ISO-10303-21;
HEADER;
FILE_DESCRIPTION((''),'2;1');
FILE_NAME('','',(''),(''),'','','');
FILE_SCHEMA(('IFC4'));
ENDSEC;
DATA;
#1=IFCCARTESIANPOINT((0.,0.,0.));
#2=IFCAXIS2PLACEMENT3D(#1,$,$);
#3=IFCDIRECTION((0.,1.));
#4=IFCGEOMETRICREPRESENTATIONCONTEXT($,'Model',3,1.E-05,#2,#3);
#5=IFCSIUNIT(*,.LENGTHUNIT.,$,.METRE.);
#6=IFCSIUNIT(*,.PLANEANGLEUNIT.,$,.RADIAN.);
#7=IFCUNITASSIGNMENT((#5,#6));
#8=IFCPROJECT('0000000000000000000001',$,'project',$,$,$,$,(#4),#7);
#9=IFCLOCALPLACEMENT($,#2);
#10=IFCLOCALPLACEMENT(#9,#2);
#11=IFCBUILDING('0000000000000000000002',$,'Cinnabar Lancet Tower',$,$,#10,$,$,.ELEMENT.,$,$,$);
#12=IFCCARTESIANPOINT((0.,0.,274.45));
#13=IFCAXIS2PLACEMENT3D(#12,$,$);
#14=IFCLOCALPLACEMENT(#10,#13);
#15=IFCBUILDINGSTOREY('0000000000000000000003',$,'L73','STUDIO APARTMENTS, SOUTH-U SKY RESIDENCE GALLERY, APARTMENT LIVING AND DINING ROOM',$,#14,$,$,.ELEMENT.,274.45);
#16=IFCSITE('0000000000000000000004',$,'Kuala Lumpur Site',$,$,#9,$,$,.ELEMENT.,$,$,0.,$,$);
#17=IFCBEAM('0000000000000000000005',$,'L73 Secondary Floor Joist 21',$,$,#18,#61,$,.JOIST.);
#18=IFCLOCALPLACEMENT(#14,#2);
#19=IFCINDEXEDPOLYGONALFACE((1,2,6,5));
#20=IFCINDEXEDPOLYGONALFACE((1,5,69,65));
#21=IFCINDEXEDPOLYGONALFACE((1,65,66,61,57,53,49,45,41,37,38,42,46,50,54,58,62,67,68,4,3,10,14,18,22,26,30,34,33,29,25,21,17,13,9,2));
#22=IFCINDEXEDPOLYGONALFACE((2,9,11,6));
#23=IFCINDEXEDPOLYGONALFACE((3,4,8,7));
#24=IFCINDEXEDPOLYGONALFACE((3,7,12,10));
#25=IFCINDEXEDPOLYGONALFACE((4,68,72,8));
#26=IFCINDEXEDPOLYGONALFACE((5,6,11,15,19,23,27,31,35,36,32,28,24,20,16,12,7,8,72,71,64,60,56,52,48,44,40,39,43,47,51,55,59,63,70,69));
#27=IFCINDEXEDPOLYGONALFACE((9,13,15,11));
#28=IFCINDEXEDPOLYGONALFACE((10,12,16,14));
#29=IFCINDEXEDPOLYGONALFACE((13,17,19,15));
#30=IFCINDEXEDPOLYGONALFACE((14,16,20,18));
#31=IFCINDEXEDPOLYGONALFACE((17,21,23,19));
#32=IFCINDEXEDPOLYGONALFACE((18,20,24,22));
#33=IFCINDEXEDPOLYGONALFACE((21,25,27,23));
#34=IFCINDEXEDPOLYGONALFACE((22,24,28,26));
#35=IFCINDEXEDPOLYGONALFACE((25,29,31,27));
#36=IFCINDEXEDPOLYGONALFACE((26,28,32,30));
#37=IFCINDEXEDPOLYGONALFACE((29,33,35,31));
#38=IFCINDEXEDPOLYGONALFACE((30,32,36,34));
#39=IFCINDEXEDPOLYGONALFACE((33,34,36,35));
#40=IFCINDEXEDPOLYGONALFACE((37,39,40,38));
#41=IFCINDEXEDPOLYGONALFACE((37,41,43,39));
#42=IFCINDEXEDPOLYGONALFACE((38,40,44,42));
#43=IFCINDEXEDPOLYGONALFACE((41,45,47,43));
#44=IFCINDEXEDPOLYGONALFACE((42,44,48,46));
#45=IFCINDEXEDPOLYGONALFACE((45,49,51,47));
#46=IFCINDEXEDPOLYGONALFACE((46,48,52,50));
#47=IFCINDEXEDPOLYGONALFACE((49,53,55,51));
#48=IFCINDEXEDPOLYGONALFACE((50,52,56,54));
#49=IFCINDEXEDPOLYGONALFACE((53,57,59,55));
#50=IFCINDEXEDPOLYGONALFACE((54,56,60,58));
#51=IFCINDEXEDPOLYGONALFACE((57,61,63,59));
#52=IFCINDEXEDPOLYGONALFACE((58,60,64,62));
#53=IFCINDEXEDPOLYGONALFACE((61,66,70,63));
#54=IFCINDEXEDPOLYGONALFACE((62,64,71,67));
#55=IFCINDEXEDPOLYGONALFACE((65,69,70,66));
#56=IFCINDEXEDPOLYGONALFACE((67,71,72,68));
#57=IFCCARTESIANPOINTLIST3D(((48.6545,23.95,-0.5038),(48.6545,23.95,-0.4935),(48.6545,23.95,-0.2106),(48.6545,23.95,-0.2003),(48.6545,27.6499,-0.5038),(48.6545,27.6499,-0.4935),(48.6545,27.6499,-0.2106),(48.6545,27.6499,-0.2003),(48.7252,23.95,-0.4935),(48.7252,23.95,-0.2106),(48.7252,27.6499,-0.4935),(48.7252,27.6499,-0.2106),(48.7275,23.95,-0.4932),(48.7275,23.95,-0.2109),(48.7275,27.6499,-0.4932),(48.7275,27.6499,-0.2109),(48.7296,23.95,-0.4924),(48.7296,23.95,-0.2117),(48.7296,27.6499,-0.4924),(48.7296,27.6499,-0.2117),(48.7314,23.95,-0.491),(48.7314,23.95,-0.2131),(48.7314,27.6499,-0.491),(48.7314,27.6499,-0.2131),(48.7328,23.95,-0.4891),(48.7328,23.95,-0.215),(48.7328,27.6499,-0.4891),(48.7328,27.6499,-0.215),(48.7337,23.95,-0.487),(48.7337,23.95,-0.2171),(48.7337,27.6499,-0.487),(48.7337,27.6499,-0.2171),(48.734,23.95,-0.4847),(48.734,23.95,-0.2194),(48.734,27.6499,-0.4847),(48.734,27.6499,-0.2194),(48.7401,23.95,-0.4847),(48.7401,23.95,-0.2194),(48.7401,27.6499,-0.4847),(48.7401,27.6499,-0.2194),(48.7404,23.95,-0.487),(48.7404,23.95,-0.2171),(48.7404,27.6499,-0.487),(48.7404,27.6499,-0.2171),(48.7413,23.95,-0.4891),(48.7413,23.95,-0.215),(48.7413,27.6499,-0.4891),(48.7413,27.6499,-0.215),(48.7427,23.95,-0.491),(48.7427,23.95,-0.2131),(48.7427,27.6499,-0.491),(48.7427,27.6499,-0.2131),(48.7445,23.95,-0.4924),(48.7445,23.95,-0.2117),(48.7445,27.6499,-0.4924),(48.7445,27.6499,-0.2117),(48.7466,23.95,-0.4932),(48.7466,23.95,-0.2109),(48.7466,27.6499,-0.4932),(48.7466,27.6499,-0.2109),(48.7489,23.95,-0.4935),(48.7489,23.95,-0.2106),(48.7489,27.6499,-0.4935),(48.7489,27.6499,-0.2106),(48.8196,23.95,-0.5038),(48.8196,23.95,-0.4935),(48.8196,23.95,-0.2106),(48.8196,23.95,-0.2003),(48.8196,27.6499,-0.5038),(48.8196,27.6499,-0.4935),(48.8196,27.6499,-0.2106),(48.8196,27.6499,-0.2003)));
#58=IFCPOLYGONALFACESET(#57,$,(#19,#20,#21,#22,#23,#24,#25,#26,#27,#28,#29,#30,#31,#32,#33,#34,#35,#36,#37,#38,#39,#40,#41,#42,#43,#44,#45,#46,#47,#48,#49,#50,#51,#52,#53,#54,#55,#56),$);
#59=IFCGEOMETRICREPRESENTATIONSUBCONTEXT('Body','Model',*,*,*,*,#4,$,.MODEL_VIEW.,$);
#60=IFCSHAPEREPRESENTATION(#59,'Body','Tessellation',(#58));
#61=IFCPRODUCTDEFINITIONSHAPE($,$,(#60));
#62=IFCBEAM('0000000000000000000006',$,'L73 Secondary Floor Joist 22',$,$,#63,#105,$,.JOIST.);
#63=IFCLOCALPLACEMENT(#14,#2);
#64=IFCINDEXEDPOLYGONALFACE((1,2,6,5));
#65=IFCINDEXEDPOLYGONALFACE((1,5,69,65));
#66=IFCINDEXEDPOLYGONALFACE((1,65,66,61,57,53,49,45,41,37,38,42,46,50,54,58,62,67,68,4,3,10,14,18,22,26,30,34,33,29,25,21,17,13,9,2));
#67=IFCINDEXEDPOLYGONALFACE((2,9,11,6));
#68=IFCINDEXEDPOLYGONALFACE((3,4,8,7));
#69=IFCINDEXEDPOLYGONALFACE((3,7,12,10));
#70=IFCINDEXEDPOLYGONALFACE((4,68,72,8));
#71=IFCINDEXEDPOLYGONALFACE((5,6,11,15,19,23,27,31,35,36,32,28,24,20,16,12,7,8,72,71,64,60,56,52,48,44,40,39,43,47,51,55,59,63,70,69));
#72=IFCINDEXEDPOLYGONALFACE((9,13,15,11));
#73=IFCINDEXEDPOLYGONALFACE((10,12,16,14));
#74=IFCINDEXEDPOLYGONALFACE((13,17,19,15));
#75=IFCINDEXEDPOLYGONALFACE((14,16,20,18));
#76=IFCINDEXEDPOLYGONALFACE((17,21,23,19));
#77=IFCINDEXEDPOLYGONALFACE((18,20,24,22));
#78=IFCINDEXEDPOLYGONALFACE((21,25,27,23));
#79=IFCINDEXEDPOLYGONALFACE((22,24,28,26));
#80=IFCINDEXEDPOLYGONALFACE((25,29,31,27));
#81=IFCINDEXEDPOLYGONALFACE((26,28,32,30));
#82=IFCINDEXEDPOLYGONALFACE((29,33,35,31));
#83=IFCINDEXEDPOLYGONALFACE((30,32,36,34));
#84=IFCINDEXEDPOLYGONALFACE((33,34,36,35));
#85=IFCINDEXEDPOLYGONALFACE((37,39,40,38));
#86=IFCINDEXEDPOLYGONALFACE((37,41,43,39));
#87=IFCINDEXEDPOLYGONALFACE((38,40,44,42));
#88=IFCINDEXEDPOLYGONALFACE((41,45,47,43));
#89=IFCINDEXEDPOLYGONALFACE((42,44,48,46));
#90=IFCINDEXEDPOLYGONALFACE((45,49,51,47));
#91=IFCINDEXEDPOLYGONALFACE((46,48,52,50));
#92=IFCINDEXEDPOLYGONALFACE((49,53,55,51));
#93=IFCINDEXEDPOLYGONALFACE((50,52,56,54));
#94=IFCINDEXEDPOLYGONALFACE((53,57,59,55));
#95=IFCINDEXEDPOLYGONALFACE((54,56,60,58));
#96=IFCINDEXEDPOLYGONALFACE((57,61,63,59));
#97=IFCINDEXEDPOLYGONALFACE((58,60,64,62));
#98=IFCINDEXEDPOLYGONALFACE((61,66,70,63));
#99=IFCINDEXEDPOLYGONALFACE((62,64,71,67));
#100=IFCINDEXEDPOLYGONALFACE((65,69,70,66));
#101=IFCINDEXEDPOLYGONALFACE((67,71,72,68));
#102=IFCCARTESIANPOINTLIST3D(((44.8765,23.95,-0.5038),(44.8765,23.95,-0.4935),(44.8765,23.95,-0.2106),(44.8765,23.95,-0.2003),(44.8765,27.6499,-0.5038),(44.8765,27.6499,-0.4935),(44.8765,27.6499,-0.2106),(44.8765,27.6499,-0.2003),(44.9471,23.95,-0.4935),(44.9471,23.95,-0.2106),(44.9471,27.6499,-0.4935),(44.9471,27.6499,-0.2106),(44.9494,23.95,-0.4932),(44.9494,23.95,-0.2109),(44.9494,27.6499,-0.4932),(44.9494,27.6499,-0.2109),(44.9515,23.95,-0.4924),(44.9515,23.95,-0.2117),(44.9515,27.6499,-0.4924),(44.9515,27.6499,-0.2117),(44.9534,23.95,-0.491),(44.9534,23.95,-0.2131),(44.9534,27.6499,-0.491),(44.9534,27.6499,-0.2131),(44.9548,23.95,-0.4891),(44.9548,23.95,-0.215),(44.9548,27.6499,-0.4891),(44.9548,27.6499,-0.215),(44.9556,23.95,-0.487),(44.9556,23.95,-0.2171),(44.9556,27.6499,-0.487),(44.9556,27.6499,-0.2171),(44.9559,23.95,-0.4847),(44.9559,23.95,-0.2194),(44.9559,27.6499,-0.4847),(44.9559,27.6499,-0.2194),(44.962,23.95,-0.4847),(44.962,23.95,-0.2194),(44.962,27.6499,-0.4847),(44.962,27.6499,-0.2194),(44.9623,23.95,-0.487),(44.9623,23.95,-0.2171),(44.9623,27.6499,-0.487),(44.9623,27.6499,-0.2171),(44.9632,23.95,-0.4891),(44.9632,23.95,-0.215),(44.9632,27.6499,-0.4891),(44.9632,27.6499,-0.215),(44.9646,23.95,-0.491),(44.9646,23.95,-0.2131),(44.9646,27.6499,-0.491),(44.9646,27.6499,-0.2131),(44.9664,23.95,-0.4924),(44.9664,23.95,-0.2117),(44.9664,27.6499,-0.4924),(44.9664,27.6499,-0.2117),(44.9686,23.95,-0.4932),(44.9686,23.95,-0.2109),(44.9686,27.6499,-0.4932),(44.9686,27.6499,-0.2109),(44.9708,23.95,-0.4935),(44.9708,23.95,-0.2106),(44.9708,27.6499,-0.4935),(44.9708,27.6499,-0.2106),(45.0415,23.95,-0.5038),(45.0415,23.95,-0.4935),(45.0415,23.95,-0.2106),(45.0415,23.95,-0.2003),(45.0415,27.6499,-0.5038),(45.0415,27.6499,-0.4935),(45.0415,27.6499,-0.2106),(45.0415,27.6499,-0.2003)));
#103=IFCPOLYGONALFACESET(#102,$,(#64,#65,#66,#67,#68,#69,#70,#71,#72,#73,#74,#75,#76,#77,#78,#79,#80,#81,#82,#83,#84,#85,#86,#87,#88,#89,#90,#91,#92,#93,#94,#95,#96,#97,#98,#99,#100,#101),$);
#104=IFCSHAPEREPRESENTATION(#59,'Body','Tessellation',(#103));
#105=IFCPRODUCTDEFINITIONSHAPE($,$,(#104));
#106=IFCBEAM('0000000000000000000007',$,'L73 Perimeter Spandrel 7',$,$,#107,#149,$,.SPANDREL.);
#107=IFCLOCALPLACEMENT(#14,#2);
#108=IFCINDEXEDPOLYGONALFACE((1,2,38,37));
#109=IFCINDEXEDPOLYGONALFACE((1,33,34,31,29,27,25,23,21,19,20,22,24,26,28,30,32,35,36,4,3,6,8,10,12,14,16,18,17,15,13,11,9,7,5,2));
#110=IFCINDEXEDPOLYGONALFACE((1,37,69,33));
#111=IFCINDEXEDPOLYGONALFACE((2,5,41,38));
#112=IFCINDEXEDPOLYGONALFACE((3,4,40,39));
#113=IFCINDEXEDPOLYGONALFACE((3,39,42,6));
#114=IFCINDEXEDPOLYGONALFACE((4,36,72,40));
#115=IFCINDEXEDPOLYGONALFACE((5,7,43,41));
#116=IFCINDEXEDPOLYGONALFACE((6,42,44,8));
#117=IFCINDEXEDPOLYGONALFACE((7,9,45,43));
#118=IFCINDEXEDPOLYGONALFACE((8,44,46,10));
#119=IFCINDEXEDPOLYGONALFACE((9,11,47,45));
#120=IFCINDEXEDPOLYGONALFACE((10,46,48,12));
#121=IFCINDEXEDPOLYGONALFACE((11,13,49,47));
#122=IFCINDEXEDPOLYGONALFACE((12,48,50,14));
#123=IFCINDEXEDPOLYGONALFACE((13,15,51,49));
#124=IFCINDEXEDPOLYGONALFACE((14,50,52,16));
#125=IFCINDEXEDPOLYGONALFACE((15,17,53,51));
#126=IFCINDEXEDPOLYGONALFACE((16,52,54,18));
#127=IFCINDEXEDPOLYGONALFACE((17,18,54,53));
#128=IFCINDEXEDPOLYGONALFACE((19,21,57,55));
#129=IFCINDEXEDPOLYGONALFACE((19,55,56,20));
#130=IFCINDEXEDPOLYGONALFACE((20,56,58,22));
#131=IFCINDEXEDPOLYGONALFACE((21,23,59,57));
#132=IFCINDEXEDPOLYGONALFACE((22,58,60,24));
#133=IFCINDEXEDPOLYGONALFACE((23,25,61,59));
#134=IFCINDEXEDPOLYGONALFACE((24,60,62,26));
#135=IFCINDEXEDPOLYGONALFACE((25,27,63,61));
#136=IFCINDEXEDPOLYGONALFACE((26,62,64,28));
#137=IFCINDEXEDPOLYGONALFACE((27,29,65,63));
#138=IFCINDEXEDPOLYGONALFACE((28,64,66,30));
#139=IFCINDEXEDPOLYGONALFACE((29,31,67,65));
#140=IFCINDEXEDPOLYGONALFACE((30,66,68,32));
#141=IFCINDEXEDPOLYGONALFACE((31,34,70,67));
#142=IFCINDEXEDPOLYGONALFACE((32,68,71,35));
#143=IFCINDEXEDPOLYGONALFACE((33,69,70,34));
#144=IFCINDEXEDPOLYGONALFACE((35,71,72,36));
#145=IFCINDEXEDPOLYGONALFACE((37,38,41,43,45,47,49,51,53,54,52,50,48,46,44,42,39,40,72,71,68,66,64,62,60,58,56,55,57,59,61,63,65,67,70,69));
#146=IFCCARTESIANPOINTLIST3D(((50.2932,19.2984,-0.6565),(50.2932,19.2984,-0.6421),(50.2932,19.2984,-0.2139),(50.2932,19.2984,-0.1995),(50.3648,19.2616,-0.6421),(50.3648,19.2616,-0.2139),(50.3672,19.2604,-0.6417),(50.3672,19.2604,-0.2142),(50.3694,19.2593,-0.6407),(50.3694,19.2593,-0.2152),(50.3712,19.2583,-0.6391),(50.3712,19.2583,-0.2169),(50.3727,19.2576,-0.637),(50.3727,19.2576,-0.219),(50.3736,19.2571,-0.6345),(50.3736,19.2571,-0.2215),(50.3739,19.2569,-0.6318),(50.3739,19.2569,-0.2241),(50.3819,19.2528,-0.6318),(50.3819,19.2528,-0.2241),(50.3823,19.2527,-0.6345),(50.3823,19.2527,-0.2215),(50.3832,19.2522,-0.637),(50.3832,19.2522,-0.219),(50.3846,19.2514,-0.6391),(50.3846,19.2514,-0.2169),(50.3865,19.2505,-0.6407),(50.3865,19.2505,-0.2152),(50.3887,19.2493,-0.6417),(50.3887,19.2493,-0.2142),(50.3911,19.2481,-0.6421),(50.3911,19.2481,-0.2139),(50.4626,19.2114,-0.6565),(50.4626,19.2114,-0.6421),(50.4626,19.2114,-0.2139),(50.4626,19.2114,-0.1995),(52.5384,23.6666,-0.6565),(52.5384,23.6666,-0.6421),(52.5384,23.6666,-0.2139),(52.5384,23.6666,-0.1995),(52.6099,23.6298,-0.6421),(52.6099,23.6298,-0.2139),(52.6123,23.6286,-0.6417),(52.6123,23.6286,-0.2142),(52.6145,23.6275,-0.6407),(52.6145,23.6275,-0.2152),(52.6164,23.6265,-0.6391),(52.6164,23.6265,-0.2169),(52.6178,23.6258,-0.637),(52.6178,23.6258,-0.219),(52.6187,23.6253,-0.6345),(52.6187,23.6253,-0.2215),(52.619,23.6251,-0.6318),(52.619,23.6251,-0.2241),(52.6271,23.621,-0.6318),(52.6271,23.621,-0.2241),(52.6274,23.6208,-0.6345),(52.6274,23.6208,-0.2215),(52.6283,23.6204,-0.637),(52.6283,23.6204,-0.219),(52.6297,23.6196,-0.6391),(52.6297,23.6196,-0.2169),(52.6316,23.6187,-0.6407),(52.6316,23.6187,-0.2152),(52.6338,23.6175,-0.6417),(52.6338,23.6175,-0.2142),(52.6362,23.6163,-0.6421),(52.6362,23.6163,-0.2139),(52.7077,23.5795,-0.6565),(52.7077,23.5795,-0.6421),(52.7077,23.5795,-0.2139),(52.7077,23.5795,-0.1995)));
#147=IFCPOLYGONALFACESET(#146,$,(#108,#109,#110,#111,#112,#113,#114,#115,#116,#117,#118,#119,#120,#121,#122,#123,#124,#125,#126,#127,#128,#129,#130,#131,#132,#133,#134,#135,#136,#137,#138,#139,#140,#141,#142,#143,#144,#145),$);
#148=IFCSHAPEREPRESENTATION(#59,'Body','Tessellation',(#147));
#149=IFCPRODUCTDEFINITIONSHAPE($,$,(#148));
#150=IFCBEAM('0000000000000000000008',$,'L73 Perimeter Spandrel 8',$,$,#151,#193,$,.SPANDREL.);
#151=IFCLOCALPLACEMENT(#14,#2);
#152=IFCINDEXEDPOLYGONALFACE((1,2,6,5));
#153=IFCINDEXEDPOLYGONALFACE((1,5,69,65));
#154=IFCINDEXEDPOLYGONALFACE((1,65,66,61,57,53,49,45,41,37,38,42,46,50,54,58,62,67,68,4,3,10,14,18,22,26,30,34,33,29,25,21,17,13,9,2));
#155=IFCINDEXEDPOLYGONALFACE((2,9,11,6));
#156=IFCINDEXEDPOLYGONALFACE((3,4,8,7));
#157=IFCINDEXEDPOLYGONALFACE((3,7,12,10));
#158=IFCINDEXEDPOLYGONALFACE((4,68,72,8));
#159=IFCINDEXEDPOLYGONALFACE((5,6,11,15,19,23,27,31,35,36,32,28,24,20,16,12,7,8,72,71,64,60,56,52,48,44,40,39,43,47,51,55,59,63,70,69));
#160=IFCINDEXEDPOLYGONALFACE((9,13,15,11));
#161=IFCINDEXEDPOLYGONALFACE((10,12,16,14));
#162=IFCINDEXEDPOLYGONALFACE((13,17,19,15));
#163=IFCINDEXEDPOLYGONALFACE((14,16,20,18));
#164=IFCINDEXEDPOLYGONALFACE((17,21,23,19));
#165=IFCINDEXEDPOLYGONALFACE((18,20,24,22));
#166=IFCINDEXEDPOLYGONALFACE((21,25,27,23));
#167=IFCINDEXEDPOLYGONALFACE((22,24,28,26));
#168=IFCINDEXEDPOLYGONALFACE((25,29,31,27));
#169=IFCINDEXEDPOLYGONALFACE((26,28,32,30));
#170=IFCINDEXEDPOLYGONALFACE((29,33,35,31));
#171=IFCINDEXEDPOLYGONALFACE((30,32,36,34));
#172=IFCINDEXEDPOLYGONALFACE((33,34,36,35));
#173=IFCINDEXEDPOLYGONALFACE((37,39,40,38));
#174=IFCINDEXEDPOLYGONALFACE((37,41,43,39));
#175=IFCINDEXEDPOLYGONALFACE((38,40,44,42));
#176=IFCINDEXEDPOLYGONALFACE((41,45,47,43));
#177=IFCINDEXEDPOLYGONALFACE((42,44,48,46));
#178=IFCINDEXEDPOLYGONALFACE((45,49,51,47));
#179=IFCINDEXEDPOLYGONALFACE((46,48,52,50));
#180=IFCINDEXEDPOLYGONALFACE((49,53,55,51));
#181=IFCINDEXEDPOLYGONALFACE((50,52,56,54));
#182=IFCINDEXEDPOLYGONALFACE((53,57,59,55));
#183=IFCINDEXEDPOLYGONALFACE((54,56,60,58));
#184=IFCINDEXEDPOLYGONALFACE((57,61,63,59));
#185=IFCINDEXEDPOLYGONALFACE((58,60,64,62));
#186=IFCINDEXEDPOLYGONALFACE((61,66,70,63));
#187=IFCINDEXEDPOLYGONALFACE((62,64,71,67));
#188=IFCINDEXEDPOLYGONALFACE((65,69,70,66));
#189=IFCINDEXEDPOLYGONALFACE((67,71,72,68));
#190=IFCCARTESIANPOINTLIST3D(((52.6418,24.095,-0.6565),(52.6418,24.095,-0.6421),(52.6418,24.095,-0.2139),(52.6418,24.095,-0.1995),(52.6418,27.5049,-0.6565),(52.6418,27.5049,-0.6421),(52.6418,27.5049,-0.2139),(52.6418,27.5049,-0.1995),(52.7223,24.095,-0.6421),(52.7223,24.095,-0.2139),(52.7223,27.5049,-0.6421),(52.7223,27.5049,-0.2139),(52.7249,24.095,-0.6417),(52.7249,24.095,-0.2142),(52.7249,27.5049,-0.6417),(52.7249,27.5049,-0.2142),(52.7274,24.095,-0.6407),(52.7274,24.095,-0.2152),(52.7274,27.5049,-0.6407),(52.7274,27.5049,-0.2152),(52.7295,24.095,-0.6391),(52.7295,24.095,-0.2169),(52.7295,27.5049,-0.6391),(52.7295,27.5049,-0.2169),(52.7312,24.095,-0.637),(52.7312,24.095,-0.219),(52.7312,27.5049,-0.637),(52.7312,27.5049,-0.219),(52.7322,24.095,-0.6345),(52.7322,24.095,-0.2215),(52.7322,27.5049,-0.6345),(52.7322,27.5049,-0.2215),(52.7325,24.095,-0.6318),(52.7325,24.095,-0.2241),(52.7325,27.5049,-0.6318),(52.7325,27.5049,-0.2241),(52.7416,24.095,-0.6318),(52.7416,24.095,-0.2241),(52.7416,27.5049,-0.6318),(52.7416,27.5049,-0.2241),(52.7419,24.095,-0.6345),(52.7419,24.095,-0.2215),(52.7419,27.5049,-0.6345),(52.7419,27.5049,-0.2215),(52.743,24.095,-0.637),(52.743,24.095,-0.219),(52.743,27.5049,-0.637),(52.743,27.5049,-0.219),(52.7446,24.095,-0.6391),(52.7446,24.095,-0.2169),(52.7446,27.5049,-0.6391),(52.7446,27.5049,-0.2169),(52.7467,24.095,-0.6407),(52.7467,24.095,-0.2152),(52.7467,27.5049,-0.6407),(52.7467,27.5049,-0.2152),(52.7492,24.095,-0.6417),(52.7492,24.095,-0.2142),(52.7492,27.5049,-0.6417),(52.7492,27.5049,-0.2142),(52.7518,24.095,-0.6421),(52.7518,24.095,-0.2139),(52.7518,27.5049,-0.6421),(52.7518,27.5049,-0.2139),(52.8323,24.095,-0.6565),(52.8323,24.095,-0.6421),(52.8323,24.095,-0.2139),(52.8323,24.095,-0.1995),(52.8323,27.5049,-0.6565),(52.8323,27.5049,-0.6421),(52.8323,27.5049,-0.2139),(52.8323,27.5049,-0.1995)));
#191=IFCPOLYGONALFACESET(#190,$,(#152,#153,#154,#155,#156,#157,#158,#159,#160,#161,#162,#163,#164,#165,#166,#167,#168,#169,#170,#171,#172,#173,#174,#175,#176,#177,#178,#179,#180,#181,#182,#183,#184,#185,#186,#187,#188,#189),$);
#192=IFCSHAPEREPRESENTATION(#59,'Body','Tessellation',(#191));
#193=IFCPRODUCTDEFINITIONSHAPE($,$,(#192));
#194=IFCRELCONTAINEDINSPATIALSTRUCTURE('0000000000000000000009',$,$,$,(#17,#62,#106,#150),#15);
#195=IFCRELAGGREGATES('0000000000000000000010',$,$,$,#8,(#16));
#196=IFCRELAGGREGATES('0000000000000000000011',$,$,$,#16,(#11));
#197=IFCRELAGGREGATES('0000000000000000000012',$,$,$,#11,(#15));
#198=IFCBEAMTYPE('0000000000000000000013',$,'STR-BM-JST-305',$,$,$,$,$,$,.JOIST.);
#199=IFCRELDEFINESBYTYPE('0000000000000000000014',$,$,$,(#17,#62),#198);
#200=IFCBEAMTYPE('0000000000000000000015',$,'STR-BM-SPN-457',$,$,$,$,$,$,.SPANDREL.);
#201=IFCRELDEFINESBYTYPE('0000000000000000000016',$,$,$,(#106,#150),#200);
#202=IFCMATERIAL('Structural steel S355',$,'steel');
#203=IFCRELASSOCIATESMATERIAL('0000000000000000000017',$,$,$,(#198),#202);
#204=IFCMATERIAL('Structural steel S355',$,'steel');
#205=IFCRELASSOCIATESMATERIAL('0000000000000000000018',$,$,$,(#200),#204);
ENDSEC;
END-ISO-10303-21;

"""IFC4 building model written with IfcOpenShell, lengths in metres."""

from ifc_helpers import new_model, si_unit, direction, frame, origin, origin_2d, place, context, subcontext, project, spatial, i_section, extrude, material, material_profile, profile_set, type_object, element, save


model = new_model("IFC4")

# Units and contexts
model_context = context("Model", 3, precision=1e-05, world=origin(), true_north=direction((0.0, 1.0)))
body_context = subcontext(model_context, "Body", "Model", "MODEL_VIEW")
ifc_project = project(units=[si_unit("LENGTHUNIT", "METRE"), si_unit("PLANEANGLEUNIT", "RADIAN")], contexts=[model_context])

# Site, building, storey
site_placement = place(None, origin())
site = spatial("IfcSite", under=ifc_project, at=site_placement, Name="Kuala Lumpur Site", CompositionType="ELEMENT", RefElevation=0.0)
building_placement = place(site_placement, origin())
building = spatial("IfcBuilding", under=site, at=building_placement, Name="Cinnabar Lancet Tower", CompositionType="ELEMENT")
storey_placement = place(building_placement, frame((0.0, 0.0, 274.45)))
storey = spatial("IfcBuildingStorey", under=building, at=storey_placement, Name="L73", Description="STUDIO APARTMENTS, SOUTH-U SKY RESIDENCE GALLERY, APARTMENT LIVING AND DINING ROOM", CompositionType="ELEMENT", Elevation=274.45)

# Beams
ifc_material_1 = material(Name="Structural steel S355", Category="steel")
ifc_material_profile_1 = material_profile(ifc_material_1, i_section(OverallWidth=0.165, OverallDepth=0.3035, WebThickness=0.0061, FlangeThickness=0.0103, FilletRadius=0.0088, at=origin_2d()), Name="UKB 305x165x40")
ifc_profile_set_1 = profile_set([ifc_material_profile_1], Name="Structural steel S355")
beam_type_1 = type_object("IfcBeamType", Name="STR-BM-JST-305", PredefinedType="JOIST", material=ifc_profile_set_1)
for number, where, z_axis, x_axis, name in (
    (1, (48.7371, 23.95, -0.3521), (0.0, 1.0, 0.0), (-1.0, 0.0, 0.0), "L73 Secondary Floor Joist 21"),
    (2, (44.959, 23.95, -0.3521), (0.0, 1.0, 0.0), (-1.0, 0.0, 0.0), "L73 Secondary Floor Joist 22"),
):
    element("IfcBeam", number, at=place(storey_placement, frame(where, z_axis=z_axis, x_axis=x_axis)), inside=storey, type_object=beam_type_1, Name=name, PredefinedType="JOIST", context=body_context, shape_type="SweptSolid", body=[
        extrude(i_section(OverallWidth=0.165, OverallDepth=0.3035, WebThickness=0.0061, FlangeThickness=0.0103, FilletRadius=0.0088, at=origin_2d()), origin(), (0.0, 0.0, 1.0), 3.7),
    ])
ifc_material_2 = material(Name="Structural steel S355", Category="steel")
ifc_material_profile_2 = material_profile(ifc_material_2, i_section(OverallWidth=0.1904, OverallDepth=0.457, WebThickness=0.009, FlangeThickness=0.0144, FilletRadius=0.0103, at=origin_2d()), Name="UKB 457x191x74")
ifc_profile_set_2 = profile_set([ifc_material_profile_2], Name="Structural steel S355")
beam_type_2 = type_object("IfcBeamType", Name="STR-BM-SPN-457", PredefinedType="SPANDREL", material=ifc_profile_set_2)
beam_1_placement = place(storey_placement, frame((50.3779, 19.2549, -0.428), z_axis=(0.457128, 0.889401, 0.0), x_axis=(-0.889401, 0.457128, 0.0)))
element("IfcBeam", 3, at=beam_1_placement, inside=storey, type_object=beam_type_2, Name="L73 Perimeter Spandrel 7", PredefinedType="SPANDREL", context=body_context, shape_type="SweptSolid", body=[
    extrude(i_section(OverallWidth=0.1904, OverallDepth=0.457, WebThickness=0.009, FlangeThickness=0.0144, FilletRadius=0.0103, at=origin_2d()), origin(), (0.0, 0.0, 1.0), 4.9114),
])
beam_2_placement = place(storey_placement, frame((52.7371, 24.095, -0.428), z_axis=(0.0, 1.0, 0.0), x_axis=(-1.0, 0.0, 0.0)))
element("IfcBeam", 4, at=beam_2_placement, inside=storey, type_object=beam_type_2, Name="L73 Perimeter Spandrel 8", PredefinedType="SPANDREL", context=body_context, shape_type="SweptSolid", body=[
    extrude(i_section(OverallWidth=0.1904, OverallDepth=0.457, WebThickness=0.009, FlangeThickness=0.0144, FilletRadius=0.0103, at=origin_2d()), origin(), (0.0, 0.0, 1.0), 3.4099),
])

save(model, "model.ifc")
